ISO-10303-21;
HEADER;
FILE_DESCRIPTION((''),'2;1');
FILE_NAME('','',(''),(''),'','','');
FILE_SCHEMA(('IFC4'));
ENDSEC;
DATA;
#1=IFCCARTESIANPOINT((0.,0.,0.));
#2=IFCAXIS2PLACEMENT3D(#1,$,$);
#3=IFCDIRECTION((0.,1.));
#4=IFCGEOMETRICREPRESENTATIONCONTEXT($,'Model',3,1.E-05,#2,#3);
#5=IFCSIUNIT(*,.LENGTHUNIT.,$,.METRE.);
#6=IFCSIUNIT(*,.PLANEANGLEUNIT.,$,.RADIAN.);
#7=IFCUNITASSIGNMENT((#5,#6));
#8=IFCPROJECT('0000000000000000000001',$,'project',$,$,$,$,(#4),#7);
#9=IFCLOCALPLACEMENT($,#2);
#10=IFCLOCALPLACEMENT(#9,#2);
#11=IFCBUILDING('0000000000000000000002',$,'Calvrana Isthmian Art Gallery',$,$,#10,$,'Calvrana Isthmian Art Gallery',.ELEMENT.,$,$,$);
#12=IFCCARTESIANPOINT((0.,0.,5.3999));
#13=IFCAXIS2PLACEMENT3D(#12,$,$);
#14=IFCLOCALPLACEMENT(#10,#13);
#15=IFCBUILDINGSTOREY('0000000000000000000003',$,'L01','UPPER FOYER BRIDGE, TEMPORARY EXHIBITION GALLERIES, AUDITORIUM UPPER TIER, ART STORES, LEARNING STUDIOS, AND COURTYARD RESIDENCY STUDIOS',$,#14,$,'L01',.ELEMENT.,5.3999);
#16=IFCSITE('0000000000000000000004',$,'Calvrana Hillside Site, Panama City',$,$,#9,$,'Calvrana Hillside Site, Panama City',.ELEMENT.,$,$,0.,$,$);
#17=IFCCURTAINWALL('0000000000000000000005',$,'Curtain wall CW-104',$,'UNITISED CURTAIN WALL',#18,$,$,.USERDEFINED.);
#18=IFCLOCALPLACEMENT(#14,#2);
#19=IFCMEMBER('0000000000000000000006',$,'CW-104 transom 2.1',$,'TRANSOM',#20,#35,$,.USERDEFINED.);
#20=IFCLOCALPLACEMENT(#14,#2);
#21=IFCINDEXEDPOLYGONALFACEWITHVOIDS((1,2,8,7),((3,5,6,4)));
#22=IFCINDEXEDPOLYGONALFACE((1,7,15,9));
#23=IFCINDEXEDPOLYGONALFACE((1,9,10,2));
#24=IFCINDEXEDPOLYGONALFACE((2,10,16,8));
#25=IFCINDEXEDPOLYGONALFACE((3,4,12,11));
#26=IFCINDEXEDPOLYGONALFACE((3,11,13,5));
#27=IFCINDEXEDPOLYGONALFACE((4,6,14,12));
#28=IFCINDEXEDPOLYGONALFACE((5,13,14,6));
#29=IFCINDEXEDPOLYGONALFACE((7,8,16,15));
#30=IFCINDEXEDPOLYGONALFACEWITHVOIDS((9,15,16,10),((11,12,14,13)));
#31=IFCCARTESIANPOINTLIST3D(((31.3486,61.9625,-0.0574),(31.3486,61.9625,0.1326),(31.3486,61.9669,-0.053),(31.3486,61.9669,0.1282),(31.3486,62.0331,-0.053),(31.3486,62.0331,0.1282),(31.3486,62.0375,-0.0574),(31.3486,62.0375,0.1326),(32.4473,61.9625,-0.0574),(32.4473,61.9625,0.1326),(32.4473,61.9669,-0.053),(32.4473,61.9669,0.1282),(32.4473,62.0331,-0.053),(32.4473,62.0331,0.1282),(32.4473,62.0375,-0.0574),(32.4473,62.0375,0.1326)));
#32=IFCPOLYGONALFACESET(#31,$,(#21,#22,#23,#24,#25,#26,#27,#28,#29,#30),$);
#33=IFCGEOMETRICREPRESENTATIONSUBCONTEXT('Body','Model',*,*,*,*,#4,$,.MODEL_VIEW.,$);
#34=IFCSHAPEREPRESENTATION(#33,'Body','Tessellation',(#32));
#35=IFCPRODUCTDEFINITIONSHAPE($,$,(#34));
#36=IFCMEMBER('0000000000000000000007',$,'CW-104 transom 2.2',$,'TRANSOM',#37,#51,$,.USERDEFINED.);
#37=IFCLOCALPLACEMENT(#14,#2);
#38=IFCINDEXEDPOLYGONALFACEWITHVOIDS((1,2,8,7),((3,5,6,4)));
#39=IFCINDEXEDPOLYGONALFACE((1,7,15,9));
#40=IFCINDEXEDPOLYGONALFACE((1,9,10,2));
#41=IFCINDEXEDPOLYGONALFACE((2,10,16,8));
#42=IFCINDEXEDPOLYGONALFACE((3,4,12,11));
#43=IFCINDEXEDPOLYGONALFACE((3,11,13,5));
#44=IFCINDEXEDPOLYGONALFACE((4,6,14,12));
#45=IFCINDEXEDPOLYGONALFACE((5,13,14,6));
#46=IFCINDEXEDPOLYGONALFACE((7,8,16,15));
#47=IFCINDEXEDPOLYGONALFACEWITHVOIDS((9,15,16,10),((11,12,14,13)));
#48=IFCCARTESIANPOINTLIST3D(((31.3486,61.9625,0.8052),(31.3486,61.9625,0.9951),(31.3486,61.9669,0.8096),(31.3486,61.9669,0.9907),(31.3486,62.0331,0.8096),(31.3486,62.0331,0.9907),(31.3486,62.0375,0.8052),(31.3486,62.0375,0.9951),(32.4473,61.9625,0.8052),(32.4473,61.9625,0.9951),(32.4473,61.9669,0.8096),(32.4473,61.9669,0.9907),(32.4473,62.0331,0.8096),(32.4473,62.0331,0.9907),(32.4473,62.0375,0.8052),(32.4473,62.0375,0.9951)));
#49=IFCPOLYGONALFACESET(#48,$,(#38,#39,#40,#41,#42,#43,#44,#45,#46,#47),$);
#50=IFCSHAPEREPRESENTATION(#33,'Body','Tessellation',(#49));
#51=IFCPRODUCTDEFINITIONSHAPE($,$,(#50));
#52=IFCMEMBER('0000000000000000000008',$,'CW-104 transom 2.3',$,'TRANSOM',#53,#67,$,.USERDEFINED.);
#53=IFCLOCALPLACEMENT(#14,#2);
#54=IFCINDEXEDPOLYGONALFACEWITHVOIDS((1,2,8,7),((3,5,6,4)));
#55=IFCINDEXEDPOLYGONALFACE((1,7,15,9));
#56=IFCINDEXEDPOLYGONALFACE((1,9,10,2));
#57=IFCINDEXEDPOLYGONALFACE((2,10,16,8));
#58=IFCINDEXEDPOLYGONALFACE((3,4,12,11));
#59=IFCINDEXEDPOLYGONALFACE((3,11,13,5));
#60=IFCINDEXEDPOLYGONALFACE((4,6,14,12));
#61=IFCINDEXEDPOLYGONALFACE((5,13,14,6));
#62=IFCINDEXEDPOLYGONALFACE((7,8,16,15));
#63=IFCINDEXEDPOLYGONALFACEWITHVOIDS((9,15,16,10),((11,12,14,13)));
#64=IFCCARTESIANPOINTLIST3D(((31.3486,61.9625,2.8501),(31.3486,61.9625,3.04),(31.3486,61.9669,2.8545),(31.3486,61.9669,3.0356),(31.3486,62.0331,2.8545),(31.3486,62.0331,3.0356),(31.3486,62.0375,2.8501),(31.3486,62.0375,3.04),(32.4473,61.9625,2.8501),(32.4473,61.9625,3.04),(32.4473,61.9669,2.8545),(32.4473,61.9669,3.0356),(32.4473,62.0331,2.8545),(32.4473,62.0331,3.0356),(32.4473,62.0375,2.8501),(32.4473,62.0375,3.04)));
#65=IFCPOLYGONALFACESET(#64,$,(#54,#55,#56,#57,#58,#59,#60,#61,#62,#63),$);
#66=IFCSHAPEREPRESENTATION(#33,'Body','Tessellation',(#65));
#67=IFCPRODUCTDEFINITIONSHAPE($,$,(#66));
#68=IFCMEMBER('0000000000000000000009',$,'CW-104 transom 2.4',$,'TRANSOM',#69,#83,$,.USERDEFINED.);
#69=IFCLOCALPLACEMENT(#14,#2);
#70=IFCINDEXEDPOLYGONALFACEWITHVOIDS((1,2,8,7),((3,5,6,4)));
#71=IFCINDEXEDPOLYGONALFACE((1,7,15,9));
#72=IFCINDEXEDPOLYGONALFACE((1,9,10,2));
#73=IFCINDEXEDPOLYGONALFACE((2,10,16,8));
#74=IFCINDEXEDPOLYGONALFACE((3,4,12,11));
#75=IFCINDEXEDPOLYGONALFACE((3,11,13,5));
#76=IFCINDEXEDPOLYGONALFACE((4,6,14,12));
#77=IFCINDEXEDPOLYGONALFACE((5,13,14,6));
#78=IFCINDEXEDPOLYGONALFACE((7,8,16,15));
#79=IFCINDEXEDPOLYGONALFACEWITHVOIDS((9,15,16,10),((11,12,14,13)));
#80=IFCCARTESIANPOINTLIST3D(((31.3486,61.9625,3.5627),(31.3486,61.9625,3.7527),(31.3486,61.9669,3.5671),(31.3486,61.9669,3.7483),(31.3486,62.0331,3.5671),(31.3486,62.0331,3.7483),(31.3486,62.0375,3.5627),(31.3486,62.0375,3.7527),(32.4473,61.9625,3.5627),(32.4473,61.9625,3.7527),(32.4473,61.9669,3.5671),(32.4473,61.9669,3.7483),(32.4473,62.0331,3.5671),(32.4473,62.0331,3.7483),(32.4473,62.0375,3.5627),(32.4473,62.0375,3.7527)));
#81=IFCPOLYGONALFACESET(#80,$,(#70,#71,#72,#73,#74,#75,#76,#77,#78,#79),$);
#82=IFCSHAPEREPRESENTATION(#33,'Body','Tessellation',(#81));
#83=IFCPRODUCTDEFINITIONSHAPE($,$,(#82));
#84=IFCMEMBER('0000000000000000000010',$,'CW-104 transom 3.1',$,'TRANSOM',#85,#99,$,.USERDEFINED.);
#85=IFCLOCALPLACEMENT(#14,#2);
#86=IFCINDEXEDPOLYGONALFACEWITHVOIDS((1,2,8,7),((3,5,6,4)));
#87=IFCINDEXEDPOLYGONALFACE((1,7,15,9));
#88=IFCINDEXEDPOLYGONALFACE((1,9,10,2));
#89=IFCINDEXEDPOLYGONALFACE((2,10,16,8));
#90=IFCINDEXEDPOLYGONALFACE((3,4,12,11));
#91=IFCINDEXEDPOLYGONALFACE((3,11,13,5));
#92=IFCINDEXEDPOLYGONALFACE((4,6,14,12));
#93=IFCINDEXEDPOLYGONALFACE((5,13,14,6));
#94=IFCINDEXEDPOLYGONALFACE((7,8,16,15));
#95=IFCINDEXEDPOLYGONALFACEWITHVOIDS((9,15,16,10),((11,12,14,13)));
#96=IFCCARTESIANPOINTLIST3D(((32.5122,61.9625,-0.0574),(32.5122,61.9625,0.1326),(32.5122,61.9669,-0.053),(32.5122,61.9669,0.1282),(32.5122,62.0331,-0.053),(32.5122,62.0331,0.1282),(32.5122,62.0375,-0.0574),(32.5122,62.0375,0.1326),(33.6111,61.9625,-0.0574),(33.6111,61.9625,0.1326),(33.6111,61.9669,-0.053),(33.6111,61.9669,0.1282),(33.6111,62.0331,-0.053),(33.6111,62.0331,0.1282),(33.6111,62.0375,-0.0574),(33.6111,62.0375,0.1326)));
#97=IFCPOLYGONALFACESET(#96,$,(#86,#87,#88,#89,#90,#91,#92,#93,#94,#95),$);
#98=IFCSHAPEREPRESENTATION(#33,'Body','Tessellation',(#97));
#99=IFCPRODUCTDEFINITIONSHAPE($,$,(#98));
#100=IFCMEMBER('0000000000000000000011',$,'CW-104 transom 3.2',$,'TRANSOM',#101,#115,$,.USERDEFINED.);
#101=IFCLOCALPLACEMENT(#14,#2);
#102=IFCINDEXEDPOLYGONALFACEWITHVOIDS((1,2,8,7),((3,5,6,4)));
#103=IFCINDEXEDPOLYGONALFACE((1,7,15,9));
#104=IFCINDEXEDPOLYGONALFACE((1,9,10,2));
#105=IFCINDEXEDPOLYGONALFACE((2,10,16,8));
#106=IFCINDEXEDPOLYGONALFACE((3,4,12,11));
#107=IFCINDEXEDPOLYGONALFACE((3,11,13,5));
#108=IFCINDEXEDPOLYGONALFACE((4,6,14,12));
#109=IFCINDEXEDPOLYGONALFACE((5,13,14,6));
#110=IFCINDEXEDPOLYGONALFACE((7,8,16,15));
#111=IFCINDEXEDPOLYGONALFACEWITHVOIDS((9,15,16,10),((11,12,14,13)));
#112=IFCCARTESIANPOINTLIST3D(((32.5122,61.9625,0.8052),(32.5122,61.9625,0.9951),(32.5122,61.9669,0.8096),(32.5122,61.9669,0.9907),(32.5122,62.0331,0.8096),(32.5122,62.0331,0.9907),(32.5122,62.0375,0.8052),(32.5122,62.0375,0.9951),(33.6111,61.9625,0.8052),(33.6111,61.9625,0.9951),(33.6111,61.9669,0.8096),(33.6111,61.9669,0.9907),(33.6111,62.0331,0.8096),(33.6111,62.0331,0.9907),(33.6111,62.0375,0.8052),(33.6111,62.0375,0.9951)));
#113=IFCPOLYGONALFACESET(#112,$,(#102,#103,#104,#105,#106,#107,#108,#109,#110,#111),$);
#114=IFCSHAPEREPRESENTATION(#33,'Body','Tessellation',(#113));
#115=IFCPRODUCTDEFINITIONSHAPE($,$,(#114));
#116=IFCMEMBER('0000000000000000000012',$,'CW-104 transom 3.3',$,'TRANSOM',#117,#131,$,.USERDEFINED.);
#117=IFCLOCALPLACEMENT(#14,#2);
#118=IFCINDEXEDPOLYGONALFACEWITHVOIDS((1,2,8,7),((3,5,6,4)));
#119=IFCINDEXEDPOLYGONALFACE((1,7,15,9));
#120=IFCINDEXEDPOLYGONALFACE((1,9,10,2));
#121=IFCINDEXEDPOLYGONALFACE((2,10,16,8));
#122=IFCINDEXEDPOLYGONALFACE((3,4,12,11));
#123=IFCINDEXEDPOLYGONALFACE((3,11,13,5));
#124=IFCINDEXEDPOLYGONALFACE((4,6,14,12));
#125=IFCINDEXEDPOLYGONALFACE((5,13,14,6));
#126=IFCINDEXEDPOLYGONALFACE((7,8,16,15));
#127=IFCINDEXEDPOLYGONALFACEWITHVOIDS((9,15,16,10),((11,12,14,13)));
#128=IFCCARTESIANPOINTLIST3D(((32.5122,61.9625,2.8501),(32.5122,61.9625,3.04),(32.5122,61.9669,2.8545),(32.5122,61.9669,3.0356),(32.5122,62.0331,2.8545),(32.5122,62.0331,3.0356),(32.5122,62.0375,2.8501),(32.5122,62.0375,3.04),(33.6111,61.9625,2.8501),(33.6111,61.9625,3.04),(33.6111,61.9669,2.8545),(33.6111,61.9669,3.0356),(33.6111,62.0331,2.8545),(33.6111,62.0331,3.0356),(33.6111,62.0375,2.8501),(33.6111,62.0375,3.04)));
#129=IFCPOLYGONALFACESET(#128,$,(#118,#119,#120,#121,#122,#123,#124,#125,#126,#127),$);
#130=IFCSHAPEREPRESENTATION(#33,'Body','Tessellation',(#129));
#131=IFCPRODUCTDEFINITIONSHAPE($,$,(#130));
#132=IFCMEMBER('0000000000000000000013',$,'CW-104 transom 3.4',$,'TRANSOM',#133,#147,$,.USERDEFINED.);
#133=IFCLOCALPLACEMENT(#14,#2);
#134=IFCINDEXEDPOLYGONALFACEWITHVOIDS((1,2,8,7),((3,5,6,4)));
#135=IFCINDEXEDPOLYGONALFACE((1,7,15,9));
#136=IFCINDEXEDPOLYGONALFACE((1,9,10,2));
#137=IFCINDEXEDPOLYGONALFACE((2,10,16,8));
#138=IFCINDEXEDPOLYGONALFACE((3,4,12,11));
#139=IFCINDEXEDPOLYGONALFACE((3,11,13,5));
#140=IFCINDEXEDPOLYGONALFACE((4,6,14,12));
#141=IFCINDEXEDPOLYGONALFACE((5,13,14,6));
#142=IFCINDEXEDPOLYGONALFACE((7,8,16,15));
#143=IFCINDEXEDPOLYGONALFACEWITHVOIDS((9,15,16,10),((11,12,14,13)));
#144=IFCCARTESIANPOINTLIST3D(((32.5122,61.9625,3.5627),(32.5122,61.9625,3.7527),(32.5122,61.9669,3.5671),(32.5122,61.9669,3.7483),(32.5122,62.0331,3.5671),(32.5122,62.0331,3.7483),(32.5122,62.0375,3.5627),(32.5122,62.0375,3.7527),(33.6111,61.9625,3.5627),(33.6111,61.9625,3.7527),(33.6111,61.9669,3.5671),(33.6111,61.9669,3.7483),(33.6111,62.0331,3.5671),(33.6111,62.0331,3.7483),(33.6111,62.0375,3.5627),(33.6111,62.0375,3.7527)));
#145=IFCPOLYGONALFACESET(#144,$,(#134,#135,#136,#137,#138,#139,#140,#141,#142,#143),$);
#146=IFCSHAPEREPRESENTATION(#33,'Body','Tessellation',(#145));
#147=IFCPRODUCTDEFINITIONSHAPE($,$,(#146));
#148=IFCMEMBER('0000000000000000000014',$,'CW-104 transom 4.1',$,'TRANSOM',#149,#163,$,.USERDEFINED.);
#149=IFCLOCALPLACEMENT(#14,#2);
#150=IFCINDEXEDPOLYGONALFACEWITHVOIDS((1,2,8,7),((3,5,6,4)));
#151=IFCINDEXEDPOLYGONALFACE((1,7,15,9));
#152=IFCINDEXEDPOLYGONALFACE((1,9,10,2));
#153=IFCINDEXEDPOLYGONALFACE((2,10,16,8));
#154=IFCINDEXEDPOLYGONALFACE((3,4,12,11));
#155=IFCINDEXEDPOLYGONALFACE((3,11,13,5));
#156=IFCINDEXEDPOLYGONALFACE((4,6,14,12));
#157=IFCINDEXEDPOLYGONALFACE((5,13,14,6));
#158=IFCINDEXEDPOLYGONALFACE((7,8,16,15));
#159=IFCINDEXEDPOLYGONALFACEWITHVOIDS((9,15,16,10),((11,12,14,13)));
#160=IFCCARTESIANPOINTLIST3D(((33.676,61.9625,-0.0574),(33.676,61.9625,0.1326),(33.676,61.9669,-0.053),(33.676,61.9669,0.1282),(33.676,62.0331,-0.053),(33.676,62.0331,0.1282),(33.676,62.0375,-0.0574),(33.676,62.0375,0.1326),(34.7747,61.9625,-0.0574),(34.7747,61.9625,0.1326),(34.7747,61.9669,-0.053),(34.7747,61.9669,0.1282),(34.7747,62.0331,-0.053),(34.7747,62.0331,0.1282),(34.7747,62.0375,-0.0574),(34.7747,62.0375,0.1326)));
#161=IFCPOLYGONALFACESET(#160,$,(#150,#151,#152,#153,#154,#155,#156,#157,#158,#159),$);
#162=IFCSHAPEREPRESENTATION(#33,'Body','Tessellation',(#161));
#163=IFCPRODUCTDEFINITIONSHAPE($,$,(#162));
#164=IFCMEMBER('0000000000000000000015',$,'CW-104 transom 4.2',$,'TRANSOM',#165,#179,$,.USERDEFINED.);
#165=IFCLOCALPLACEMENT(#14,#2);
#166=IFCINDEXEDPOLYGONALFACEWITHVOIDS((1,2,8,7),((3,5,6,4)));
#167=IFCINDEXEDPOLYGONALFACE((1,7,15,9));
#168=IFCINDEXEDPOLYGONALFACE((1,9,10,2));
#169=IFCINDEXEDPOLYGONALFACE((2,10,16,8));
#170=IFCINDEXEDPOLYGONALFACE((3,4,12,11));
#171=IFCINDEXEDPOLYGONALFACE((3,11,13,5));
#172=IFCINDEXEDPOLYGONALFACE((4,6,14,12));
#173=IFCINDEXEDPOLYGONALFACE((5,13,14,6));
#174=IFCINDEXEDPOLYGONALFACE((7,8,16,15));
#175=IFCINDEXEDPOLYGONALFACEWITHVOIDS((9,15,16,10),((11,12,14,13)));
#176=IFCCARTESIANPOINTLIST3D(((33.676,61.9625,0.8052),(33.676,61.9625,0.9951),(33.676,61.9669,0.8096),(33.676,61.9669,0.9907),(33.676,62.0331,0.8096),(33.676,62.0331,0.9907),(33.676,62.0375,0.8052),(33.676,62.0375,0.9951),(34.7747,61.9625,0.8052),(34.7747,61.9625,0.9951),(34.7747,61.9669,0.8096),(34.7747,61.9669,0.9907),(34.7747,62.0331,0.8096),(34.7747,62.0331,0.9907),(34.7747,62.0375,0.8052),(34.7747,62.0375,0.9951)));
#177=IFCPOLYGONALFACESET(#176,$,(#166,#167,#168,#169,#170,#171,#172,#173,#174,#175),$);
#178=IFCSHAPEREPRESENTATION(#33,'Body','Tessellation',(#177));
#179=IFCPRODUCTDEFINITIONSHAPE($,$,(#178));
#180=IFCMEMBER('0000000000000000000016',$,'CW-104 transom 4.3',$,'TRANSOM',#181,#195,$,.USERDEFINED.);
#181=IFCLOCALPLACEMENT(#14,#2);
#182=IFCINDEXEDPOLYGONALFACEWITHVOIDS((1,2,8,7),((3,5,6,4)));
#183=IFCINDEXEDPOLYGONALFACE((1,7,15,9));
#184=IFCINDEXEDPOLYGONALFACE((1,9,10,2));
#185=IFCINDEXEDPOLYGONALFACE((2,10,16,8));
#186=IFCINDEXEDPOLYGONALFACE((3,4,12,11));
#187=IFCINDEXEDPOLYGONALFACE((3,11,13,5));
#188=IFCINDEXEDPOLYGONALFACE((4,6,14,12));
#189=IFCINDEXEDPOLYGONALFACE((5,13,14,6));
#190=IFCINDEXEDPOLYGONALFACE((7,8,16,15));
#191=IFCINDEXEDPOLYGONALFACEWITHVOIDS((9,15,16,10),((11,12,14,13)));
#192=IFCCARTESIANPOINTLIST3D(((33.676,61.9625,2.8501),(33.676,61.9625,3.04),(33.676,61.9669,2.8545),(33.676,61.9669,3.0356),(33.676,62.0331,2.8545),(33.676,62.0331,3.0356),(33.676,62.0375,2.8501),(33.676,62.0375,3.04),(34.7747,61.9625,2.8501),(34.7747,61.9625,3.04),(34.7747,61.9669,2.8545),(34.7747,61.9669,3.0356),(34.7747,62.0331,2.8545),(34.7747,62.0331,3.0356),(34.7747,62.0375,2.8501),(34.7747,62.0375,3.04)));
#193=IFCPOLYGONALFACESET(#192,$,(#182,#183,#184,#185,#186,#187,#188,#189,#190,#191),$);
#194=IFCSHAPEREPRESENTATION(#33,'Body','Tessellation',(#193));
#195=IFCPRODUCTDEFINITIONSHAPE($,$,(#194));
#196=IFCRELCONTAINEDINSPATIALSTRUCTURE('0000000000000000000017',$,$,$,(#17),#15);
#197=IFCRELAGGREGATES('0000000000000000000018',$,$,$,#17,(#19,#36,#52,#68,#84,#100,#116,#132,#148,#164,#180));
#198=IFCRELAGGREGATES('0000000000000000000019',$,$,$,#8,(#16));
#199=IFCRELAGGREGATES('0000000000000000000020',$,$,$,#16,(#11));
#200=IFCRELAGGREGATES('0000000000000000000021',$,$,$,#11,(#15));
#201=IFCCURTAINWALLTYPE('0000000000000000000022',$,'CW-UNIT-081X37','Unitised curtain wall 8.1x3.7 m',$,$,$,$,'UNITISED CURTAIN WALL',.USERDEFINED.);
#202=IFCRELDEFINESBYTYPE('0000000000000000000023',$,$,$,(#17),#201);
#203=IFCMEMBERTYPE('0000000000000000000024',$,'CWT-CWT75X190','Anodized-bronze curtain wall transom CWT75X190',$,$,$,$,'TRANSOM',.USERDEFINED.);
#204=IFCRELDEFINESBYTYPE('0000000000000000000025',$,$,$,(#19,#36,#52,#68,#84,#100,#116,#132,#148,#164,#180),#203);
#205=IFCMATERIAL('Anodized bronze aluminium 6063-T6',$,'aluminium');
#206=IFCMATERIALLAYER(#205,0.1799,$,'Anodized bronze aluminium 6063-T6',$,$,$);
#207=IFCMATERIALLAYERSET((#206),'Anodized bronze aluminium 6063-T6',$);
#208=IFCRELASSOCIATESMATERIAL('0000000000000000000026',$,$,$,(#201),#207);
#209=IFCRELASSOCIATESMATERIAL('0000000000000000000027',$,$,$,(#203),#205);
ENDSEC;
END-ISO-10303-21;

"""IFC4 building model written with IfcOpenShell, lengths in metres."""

from ifc_helpers import new_model, si_unit, direction, frame, origin, origin_2d, place, context, subcontext, project, spatial, hollow_rectangle, extrude, material, layer, layer_set, material_profile, profile_set, type_object, element, aggregate, save


model = new_model("IFC4")

# Units and contexts
model_context = context("Model", 3, precision=1e-05, world=origin(), true_north=direction((0.0, 1.0)))
body_context = subcontext(model_context, "Body", "Model", "MODEL_VIEW")
ifc_project = project(units=[si_unit("LENGTHUNIT", "METRE"), si_unit("PLANEANGLEUNIT", "RADIAN")], contexts=[model_context])

# Site, building, storey
site_placement = place(None, origin())
site = spatial("IfcSite", under=ifc_project, at=site_placement, Name="Calvrana Hillside Site, Panama City", LongName="Calvrana Hillside Site, Panama City", CompositionType="ELEMENT", RefElevation=0.0)
building_placement = place(site_placement, origin())
building = spatial("IfcBuilding", under=site, at=building_placement, Name="Calvrana Isthmian Art Gallery", LongName="Calvrana Isthmian Art Gallery", CompositionType="ELEMENT")
storey_placement = place(building_placement, frame((0.0, 0.0, 5.3999)))
storey = spatial("IfcBuildingStorey", under=building, at=storey_placement, Name="L01", Description="UPPER FOYER BRIDGE, TEMPORARY EXHIBITION GALLERIES, AUDITORIUM UPPER TIER, ART STORES, LEARNING STUDIOS, AND COURTYARD RESIDENCY STUDIOS", LongName="L01", CompositionType="ELEMENT", Elevation=5.3999)

# Curtain wall, members
ifc_material_1 = material(Name="Anodized bronze aluminium 6063-T6", Category="aluminium")
ifc_layer_1 = layer(ifc_material_1, 0.1799, Name="Anodized bronze aluminium 6063-T6")
ifc_layer_set_1 = layer_set([ifc_layer_1], Name="Anodized bronze aluminium 6063-T6")
curtain_wall_type = type_object("IfcCurtainWallType", Name="CW-UNIT-081X37", Description="Unitised curtain wall 8.1x3.7 m", ElementType="UNITISED CURTAIN WALL", PredefinedType="USERDEFINED", material=ifc_layer_set_1)
curtain_wall_placement = place(storey_placement, origin())
curtain_wall = element("IfcCurtainWall", 1, at=curtain_wall_placement, inside=storey, type_object=curtain_wall_type, Name="Curtain wall CW-104", ObjectType="UNITISED CURTAIN WALL", PredefinedType="USERDEFINED")
ifc_material_profile_1 = material_profile(ifc_material_1, hollow_rectangle(XDim=0.075, YDim=0.1899, WallThickness=0.0044, at=origin_2d()), Name="CWT75X190")
ifc_profile_set_1 = profile_set([ifc_material_profile_1], Name="Anodized bronze aluminium 6063-T6")
member_type_1 = type_object("IfcMemberType", Name="CWT-CWT75X190", Description="Anodized-bronze curtain wall transom CWT75X190", ElementType="TRANSOM", PredefinedType="USERDEFINED", material=ifc_profile_set_1)
member_1_placement = place(storey_placement, frame((31.3486, 62.0, 0.0376), z_axis=(1.0, 0.0, 0.0), x_axis=(0.0, 1.0, 0.0)))
member_1 = element("IfcMember", 2, at=member_1_placement, type_object=member_type_1, Name="CW-104 transom 2.1", ObjectType="TRANSOM", PredefinedType="USERDEFINED", context=body_context, shape_type="SweptSolid", body=[
    extrude(hollow_rectangle(XDim=0.075, YDim=0.1899, WallThickness=0.0044, at=origin_2d()), origin(), (0.0, 0.0, 1.0), 1.0986),
])
member_2_placement = place(storey_placement, frame((31.3486, 62.0, 0.9001), z_axis=(1.0, 0.0, 0.0), x_axis=(0.0, 1.0, 0.0)))
member_2 = element("IfcMember", 3, at=member_2_placement, type_object=member_type_1, Name="CW-104 transom 2.2", ObjectType="TRANSOM", PredefinedType="USERDEFINED", context=body_context, shape_type="SweptSolid", body=[
    extrude(hollow_rectangle(XDim=0.075, YDim=0.1899, WallThickness=0.0044, at=origin_2d()), origin(), (0.0, 0.0, 1.0), 1.0986),
])
member_3_placement = place(storey_placement, frame((31.3486, 62.0, 2.9451), z_axis=(1.0, 0.0, 0.0), x_axis=(0.0, 1.0, 0.0)))
member_3 = element("IfcMember", 4, at=member_3_placement, type_object=member_type_1, Name="CW-104 transom 2.3", ObjectType="TRANSOM", PredefinedType="USERDEFINED", context=body_context, shape_type="SweptSolid", body=[
    extrude(hollow_rectangle(XDim=0.075, YDim=0.1899, WallThickness=0.0044, at=origin_2d()), origin(), (0.0, 0.0, 1.0), 1.0986),
])
member_4_placement = place(storey_placement, frame((31.3486, 62.0, 3.6577), z_axis=(1.0, 0.0, 0.0), x_axis=(0.0, 1.0, 0.0)))
member_4 = element("IfcMember", 5, at=member_4_placement, type_object=member_type_1, Name="CW-104 transom 2.4", ObjectType="TRANSOM", PredefinedType="USERDEFINED", context=body_context, shape_type="SweptSolid", body=[
    extrude(hollow_rectangle(XDim=0.075, YDim=0.1899, WallThickness=0.0044, at=origin_2d()), origin(), (0.0, 0.0, 1.0), 1.0986),
])
member_5_placement = place(storey_placement, frame((32.5122, 62.0, 0.0376), z_axis=(1.0, 0.0, 0.0), x_axis=(0.0, 1.0, 0.0)))
member_5 = element("IfcMember", 6, at=member_5_placement, type_object=member_type_1, Name="CW-104 transom 3.1", ObjectType="TRANSOM", PredefinedType="USERDEFINED", context=body_context, shape_type="SweptSolid", body=[
    extrude(hollow_rectangle(XDim=0.075, YDim=0.1899, WallThickness=0.0044, at=origin_2d()), origin(), (0.0, 0.0, 1.0), 1.0989),
])
member_6_placement = place(storey_placement, frame((32.5122, 62.0, 0.9001), z_axis=(1.0, 0.0, 0.0), x_axis=(0.0, 1.0, 0.0)))
member_6 = element("IfcMember", 7, at=member_6_placement, type_object=member_type_1, Name="CW-104 transom 3.2", ObjectType="TRANSOM", PredefinedType="USERDEFINED", context=body_context, shape_type="SweptSolid", body=[
    extrude(hollow_rectangle(XDim=0.075, YDim=0.1899, WallThickness=0.0044, at=origin_2d()), origin(), (0.0, 0.0, 1.0), 1.0989),
])
member_7_placement = place(storey_placement, frame((32.5122, 62.0, 2.9451), z_axis=(1.0, 0.0, 0.0), x_axis=(0.0, 1.0, 0.0)))
member_7 = element("IfcMember", 8, at=member_7_placement, type_object=member_type_1, Name="CW-104 transom 3.3", ObjectType="TRANSOM", PredefinedType="USERDEFINED", context=body_context, shape_type="SweptSolid", body=[
    extrude(hollow_rectangle(XDim=0.075, YDim=0.1899, WallThickness=0.0044, at=origin_2d()), origin(), (0.0, 0.0, 1.0), 1.0989),
])
member_8_placement = place(storey_placement, frame((32.5122, 62.0, 3.6577), z_axis=(1.0, 0.0, 0.0), x_axis=(0.0, 1.0, 0.0)))
member_8 = element("IfcMember", 9, at=member_8_placement, type_object=member_type_1, Name="CW-104 transom 3.4", ObjectType="TRANSOM", PredefinedType="USERDEFINED", context=body_context, shape_type="SweptSolid", body=[
    extrude(hollow_rectangle(XDim=0.075, YDim=0.1899, WallThickness=0.0044, at=origin_2d()), origin(), (0.0, 0.0, 1.0), 1.0989),
])
member_9_placement = place(storey_placement, frame((33.676, 62.0, 0.0376), z_axis=(1.0, 0.0, 0.0), x_axis=(0.0, 1.0, 0.0)))
member_9 = element("IfcMember", 10, at=member_9_placement, type_object=member_type_1, Name="CW-104 transom 4.1", ObjectType="TRANSOM", PredefinedType="USERDEFINED", context=body_context, shape_type="SweptSolid", body=[
    extrude(hollow_rectangle(XDim=0.075, YDim=0.1899, WallThickness=0.0044, at=origin_2d()), origin(), (0.0, 0.0, 1.0), 1.0986),
])
member_10_placement = place(storey_placement, frame((33.676, 62.0, 0.9001), z_axis=(1.0, 0.0, 0.0), x_axis=(0.0, 1.0, 0.0)))
member_10 = element("IfcMember", 11, at=member_10_placement, type_object=member_type_1, Name="CW-104 transom 4.2", ObjectType="TRANSOM", PredefinedType="USERDEFINED", context=body_context, shape_type="SweptSolid", body=[
    extrude(hollow_rectangle(XDim=0.075, YDim=0.1899, WallThickness=0.0044, at=origin_2d()), origin(), (0.0, 0.0, 1.0), 1.0986),
])
member_11_placement = place(storey_placement, frame((33.676, 62.0, 2.9451), z_axis=(1.0, 0.0, 0.0), x_axis=(0.0, 1.0, 0.0)))
member_11 = element("IfcMember", 12, at=member_11_placement, type_object=member_type_1, Name="CW-104 transom 4.3", ObjectType="TRANSOM", PredefinedType="USERDEFINED", context=body_context, shape_type="SweptSolid", body=[
    extrude(hollow_rectangle(XDim=0.075, YDim=0.1899, WallThickness=0.0044, at=origin_2d()), origin(), (0.0, 0.0, 1.0), 1.0986),
])
aggregate(curtain_wall, [member_1, member_2, member_3, member_4, member_5, member_6, member_7, member_8, member_9, member_10, member_11])

save(model, "model.ifc")
